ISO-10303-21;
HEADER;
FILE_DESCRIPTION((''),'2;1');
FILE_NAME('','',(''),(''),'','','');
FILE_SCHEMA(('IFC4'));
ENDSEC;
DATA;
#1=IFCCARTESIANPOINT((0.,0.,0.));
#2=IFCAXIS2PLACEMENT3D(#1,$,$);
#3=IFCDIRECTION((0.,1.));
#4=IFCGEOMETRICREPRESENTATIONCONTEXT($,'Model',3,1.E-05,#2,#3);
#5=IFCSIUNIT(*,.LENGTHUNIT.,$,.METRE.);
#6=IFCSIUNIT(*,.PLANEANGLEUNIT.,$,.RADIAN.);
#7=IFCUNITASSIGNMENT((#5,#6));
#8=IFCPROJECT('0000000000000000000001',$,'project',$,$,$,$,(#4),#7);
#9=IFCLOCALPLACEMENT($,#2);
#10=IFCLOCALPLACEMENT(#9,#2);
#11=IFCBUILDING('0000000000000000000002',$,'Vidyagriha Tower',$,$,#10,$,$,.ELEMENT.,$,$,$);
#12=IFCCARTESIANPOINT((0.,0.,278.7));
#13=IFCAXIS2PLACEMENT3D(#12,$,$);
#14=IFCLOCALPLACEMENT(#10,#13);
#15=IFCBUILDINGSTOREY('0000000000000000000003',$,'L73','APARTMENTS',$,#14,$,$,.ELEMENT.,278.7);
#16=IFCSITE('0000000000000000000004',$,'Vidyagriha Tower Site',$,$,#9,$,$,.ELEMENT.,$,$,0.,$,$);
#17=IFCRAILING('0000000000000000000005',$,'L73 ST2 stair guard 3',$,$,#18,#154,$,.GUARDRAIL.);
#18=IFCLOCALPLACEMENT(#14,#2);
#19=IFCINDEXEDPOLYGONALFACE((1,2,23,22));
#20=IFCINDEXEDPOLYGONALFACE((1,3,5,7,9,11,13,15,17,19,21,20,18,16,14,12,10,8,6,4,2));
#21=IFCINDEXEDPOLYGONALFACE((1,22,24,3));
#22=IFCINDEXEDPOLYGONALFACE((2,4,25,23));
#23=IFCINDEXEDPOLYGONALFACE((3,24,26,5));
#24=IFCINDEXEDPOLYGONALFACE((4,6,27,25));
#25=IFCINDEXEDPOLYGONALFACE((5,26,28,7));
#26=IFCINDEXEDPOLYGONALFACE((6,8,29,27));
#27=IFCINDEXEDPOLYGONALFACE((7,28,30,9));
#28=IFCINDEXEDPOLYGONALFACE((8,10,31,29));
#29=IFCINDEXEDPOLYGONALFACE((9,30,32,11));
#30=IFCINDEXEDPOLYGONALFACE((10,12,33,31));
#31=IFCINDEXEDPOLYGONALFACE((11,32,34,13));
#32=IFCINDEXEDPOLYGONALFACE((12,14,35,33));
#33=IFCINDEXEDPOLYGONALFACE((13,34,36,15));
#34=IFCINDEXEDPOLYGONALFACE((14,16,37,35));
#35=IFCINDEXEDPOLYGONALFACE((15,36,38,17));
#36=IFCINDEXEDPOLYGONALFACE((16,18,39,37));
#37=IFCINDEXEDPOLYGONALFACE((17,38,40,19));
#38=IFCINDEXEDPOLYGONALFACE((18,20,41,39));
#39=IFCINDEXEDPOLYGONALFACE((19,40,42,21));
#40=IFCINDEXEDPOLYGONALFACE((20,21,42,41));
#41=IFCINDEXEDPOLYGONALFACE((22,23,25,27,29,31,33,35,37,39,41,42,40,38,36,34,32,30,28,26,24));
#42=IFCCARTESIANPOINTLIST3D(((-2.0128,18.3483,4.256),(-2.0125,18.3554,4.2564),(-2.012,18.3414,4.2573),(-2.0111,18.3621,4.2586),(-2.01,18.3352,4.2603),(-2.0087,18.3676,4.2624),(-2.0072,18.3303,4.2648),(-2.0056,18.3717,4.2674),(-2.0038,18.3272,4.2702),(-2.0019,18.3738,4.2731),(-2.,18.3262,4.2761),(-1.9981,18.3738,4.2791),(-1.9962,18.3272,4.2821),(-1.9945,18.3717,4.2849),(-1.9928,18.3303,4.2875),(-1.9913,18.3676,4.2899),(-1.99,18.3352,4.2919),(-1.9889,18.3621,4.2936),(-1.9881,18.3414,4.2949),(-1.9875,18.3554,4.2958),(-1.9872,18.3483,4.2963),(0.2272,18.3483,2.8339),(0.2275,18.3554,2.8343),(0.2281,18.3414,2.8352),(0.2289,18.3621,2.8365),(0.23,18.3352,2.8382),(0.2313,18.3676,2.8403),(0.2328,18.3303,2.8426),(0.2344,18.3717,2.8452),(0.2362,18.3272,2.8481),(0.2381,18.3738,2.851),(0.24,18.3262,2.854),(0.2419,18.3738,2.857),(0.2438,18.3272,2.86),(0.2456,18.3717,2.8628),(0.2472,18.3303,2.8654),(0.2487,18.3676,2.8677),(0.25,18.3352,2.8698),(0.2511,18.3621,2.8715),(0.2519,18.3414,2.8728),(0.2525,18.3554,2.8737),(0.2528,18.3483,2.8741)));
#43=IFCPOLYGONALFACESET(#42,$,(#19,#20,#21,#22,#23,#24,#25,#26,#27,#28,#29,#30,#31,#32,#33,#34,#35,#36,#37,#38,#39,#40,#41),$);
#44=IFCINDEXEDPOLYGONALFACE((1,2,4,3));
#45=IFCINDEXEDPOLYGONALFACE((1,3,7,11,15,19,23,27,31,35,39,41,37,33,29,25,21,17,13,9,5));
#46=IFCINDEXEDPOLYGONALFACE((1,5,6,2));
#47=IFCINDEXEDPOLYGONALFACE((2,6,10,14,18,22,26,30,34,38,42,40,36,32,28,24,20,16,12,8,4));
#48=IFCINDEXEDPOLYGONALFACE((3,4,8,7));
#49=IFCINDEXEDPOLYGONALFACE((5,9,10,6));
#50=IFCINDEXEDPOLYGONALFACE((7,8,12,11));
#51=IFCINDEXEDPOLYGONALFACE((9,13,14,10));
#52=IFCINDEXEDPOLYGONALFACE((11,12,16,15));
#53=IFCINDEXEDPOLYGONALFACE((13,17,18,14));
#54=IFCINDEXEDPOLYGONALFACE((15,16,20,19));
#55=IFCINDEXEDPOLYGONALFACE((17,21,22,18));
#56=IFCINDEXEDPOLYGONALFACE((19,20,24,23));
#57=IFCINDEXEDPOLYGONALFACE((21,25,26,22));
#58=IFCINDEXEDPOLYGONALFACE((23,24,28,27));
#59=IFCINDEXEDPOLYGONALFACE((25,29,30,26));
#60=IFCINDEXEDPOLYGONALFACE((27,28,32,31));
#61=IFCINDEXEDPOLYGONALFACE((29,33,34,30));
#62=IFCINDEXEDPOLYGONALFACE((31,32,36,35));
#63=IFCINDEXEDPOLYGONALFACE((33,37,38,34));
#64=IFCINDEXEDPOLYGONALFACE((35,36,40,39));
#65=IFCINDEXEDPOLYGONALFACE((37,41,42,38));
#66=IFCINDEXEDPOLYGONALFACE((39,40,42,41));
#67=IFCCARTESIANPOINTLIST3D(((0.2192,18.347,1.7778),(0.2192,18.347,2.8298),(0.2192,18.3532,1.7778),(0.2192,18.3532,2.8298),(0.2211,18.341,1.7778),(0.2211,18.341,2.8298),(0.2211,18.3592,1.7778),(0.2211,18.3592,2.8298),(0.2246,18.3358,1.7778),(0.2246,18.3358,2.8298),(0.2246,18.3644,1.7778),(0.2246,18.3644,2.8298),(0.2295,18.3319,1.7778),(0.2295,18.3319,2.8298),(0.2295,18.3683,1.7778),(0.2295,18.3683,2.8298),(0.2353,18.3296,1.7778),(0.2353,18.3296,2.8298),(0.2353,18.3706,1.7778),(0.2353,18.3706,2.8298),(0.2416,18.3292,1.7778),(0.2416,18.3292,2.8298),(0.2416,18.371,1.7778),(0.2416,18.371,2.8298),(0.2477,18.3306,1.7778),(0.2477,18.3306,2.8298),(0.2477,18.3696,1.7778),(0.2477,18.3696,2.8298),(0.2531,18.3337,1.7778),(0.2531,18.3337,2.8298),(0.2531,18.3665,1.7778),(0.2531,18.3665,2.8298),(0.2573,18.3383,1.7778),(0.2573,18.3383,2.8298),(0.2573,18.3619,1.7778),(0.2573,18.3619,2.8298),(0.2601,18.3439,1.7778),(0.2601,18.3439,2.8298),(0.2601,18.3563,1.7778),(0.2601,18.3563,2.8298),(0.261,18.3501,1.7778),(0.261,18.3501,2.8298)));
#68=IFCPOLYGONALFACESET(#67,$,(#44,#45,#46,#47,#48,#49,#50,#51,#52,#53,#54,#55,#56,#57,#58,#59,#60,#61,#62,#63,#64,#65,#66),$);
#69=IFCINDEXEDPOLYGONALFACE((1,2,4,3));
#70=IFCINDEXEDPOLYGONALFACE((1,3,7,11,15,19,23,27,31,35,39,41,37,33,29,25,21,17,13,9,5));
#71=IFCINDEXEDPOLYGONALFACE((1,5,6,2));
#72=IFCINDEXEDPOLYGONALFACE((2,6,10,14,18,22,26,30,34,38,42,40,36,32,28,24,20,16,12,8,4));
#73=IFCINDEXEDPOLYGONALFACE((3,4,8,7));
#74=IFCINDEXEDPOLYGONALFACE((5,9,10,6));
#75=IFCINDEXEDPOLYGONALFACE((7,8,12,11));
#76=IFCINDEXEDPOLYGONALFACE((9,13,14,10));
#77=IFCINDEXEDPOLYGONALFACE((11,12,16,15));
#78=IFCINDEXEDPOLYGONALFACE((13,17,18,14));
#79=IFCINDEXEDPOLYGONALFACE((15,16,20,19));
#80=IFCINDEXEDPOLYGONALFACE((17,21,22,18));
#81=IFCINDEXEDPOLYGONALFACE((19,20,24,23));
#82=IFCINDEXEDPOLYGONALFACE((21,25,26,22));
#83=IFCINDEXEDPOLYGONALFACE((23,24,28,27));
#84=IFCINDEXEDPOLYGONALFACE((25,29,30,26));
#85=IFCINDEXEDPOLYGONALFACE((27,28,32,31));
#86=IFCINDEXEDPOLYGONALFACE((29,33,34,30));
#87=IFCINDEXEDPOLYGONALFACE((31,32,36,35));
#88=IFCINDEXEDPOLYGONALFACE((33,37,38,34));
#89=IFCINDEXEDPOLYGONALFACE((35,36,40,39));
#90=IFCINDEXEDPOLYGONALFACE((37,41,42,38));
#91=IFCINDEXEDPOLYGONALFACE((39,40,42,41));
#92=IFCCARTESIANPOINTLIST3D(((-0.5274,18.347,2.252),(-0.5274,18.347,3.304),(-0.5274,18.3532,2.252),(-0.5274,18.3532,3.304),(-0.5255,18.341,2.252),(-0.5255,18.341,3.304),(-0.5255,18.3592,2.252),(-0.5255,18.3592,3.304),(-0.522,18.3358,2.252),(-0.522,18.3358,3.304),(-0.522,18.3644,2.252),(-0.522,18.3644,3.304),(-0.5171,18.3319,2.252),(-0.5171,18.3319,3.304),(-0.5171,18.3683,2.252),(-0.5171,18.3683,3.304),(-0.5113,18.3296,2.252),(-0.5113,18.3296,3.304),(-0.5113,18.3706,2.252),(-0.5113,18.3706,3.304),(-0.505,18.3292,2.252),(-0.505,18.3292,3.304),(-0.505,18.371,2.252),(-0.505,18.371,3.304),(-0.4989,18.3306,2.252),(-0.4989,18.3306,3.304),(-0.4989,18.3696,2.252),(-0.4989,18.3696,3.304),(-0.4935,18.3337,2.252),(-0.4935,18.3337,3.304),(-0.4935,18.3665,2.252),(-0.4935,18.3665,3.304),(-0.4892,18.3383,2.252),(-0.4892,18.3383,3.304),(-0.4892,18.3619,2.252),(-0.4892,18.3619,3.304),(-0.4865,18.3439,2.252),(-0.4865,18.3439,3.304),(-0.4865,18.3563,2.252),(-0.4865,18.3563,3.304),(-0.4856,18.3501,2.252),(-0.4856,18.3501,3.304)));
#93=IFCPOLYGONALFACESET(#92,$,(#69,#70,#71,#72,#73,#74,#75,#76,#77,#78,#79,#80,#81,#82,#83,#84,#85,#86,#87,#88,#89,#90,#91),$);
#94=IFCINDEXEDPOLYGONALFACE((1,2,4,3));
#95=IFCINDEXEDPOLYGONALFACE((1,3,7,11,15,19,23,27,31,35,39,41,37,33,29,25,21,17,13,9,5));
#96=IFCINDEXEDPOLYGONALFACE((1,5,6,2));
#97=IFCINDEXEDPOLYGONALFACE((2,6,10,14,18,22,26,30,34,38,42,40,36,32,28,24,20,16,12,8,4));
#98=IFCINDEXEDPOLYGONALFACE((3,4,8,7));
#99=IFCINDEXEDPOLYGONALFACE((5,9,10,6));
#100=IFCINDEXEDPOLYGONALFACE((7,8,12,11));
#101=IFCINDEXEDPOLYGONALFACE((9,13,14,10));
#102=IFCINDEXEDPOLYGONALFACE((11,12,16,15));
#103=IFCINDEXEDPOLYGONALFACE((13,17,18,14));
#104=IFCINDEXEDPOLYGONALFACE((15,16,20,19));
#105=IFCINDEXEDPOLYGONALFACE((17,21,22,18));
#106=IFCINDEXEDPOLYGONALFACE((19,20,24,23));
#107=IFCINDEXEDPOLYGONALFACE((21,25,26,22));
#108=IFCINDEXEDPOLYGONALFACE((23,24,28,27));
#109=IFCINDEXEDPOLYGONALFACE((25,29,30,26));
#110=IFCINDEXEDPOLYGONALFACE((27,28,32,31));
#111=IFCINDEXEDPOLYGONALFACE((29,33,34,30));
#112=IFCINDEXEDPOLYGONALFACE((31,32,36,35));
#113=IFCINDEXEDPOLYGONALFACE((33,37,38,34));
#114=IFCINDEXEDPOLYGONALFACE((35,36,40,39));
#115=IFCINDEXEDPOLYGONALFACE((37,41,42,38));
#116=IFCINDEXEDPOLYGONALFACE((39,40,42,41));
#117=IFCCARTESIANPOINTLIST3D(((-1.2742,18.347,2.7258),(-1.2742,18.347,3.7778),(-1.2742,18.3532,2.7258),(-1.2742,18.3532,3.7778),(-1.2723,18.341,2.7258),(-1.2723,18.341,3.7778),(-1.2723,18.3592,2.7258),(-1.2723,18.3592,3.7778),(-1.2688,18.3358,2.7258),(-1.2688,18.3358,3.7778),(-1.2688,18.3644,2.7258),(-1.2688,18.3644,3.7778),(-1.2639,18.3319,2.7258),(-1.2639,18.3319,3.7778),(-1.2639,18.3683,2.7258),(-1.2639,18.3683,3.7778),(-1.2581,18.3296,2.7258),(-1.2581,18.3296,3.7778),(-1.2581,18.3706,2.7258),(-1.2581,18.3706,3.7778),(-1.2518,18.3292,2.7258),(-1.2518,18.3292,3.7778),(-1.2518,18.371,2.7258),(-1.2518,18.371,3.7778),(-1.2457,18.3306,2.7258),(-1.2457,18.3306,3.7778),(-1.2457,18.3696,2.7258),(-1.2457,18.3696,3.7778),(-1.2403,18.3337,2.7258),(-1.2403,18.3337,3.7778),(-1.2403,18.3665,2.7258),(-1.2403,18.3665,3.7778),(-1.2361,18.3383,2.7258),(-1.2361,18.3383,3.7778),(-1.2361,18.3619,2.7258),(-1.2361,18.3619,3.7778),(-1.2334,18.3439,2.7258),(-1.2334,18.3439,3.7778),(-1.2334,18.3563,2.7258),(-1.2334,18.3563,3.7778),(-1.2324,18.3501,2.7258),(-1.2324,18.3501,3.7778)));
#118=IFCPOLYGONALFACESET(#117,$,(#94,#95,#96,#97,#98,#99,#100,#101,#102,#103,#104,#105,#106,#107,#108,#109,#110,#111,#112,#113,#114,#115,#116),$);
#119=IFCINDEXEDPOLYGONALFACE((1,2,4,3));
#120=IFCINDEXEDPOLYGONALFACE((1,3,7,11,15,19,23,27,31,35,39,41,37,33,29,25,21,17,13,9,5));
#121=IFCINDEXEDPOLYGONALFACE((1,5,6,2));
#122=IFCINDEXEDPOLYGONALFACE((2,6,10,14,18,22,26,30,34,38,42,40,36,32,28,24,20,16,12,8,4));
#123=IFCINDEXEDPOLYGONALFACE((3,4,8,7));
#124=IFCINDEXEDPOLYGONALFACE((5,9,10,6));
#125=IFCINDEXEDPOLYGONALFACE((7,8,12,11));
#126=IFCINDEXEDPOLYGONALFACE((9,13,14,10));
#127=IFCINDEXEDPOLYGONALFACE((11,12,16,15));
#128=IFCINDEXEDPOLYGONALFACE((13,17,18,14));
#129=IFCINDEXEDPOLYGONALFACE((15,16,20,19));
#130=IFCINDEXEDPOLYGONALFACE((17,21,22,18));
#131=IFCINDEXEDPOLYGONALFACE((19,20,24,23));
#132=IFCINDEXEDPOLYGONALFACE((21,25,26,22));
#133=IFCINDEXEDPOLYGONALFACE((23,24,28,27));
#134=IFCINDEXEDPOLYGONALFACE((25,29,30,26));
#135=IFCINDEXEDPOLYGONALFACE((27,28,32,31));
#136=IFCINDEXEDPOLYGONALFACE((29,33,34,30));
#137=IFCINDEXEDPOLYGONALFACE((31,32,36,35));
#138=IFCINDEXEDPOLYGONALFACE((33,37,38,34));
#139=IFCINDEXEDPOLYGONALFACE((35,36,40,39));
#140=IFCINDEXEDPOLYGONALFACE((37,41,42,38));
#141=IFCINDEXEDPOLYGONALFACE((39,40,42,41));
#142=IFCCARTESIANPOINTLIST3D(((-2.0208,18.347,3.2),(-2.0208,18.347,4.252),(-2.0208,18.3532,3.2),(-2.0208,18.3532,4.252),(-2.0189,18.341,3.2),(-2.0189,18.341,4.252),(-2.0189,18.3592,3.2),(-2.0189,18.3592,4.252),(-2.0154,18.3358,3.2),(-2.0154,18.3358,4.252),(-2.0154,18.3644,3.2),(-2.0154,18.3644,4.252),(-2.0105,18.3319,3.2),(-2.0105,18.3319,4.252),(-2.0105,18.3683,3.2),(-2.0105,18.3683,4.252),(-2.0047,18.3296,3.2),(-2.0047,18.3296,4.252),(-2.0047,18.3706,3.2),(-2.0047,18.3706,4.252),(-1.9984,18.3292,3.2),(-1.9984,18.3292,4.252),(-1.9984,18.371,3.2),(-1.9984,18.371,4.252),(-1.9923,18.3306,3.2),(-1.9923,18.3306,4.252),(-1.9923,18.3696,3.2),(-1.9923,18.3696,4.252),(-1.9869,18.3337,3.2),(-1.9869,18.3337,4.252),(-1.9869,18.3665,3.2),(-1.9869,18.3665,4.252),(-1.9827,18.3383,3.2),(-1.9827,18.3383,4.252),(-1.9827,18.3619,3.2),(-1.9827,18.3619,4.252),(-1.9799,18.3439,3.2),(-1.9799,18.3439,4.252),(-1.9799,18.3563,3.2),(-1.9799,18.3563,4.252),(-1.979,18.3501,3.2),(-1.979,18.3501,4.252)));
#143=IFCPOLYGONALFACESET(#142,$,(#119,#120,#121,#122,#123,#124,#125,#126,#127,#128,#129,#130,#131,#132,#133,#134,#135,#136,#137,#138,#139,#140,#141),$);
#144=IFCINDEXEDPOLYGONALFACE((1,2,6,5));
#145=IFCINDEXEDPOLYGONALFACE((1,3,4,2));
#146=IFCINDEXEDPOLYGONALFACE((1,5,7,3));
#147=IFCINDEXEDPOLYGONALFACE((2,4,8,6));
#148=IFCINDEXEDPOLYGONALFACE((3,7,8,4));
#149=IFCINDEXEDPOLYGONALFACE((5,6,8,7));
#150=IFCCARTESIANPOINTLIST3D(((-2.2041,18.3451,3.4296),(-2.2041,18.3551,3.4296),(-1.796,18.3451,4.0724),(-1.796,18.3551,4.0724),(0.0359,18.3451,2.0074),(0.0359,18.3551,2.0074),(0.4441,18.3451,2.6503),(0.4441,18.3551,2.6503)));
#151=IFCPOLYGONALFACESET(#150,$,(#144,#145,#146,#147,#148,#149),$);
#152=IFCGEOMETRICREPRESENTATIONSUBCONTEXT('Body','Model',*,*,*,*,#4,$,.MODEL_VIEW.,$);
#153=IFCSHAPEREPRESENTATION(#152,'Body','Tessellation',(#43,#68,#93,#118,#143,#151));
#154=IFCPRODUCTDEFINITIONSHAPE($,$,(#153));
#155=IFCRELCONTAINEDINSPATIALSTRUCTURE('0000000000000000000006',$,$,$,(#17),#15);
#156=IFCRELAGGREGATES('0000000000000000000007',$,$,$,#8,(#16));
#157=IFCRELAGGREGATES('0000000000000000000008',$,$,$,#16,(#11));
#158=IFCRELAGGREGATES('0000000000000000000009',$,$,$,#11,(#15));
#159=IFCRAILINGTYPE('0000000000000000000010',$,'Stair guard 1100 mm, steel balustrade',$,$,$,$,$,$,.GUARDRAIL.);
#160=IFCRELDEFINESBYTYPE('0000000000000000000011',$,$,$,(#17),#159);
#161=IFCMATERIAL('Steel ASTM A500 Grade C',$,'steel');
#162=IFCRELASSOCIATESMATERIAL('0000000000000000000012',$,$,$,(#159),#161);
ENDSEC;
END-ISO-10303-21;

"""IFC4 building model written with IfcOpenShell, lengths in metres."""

from ifc_helpers import new_model, si_unit, direction, frame, origin, origin_2d, place, context, subcontext, project, spatial, rectangle, circle, extrude, material, type_object, element, save


model = new_model("IFC4")

# Units and contexts
model_context = context("Model", 3, precision=1e-05, world=origin(), true_north=direction((0.0, 1.0)))
body_context = subcontext(model_context, "Body", "Model", "MODEL_VIEW")
ifc_project = project(units=[si_unit("LENGTHUNIT", "METRE"), si_unit("PLANEANGLEUNIT", "RADIAN")], contexts=[model_context])

# Site, building, storey
site_placement = place(None, origin())
site = spatial("IfcSite", under=ifc_project, at=site_placement, Name="Vidyagriha Tower Site", CompositionType="ELEMENT", RefElevation=0.0)
building_placement = place(site_placement, origin())
building = spatial("IfcBuilding", under=site, at=building_placement, Name="Vidyagriha Tower", CompositionType="ELEMENT")
storey_placement = place(building_placement, frame((0.0, 0.0, 278.7)))
storey = spatial("IfcBuildingStorey", under=building, at=storey_placement, Name="L73", Description="APARTMENTS", CompositionType="ELEMENT", Elevation=278.7)

# Railing
ifc_material_1 = material(Name="Steel ASTM A500 Grade C", Category="steel")
railing_type_1 = type_object("IfcRailingType", Name="Stair guard 1100 mm, steel balustrade", PredefinedType="GUARDRAIL", material=ifc_material_1)
railing_1_placement = place(storey_placement, frame((0.24, 18.3501, 1.7778)))
element("IfcRailing", 1, at=railing_1_placement, inside=storey, type_object=railing_type_1, Name="L73 ST2 stair guard 3", PredefinedType="GUARDRAIL", context=body_context, shape_type="SweptSolid", body=[
    extrude(circle(Radius=0.0239, at=origin_2d()), frame((0.0, 0.0, 1.0762), z_axis=(-0.844229, 0.0, 0.535982), x_axis=(0.0, -1.0, 0.0)), (0.0, 0.0, 1.0), 2.6533),
    extrude(circle(Radius=0.021, at=origin_2d()), origin(), (0.0, 0.0, 1.0), 1.052),
    extrude(circle(Radius=0.021, at=origin_2d()), frame((-0.7466, 0.0, 0.4741)), (0.0, 0.0, 1.0), 1.052),
    extrude(circle(Radius=0.021, at=origin_2d()), frame((-1.4934, 0.0, 0.948)), (0.0, 0.0, 1.0), 1.052),
    extrude(circle(Radius=0.021, at=origin_2d()), frame((-2.24, 0.0, 1.4221)), (0.0, 0.0, 1.0), 1.052),
    extrude(rectangle(XDim=0.01, YDim=0.7615, at=origin_2d()), frame((0.0, 0.0, 0.551), z_axis=(-0.844229, 0.0, 0.535982), x_axis=(0.0, -1.0, 0.0)), (0.0, 0.0, 1.0), 2.6533),
])

save(model, "model.ifc")
